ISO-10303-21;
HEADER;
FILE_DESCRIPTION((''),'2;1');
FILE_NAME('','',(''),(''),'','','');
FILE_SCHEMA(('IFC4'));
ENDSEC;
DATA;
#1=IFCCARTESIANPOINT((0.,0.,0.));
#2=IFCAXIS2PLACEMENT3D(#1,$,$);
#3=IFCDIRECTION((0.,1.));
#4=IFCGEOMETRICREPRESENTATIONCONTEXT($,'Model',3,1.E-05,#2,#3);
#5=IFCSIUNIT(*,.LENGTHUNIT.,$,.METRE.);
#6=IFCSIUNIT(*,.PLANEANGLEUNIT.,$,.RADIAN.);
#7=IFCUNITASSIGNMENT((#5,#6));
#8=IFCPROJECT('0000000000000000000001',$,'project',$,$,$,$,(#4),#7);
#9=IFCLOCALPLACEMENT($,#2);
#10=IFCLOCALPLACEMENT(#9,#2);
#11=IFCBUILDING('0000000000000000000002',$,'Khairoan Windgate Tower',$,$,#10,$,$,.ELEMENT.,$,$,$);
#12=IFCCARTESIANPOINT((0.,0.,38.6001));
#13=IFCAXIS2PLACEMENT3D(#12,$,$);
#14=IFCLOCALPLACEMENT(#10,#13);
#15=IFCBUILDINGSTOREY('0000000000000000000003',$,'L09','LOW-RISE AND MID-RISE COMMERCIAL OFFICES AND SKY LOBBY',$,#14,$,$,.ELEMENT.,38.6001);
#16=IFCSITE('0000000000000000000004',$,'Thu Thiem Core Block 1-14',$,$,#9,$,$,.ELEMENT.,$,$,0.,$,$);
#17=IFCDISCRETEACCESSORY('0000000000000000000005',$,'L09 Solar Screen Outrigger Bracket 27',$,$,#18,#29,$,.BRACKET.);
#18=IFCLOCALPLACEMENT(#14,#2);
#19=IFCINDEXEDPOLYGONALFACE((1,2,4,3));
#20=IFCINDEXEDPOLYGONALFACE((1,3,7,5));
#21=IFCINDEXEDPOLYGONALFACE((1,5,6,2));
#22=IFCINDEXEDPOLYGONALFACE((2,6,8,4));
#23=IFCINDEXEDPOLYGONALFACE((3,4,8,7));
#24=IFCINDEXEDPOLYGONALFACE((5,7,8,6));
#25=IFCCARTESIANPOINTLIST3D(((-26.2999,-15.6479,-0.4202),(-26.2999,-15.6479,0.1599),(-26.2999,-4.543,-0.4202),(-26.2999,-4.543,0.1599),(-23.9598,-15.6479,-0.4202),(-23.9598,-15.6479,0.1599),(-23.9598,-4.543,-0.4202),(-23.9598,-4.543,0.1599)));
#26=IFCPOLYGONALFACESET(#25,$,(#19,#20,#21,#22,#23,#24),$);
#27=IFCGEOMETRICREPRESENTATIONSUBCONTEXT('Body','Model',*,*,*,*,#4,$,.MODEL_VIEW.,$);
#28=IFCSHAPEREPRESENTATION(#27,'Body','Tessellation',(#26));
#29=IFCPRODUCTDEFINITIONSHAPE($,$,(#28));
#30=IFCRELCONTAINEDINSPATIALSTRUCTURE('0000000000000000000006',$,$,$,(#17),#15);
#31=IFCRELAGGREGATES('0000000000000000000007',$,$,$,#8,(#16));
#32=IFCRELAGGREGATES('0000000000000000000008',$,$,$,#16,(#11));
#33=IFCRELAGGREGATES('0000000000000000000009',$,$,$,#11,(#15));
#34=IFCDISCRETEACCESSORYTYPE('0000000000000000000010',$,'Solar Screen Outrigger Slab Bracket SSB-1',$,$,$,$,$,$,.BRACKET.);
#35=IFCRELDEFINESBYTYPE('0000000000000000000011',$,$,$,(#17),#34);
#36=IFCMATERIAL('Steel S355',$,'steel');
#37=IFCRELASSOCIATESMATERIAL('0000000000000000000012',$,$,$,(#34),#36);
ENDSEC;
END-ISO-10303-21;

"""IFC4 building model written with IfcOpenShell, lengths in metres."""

from ifc_helpers import new_model, si_unit, direction, frame, origin, origin_2d, place, context, subcontext, project, spatial, rectangle, extrude, material, type_object, element, save


model = new_model("IFC4")

# Units and contexts
model_context = context("Model", 3, precision=1e-05, world=origin(), true_north=direction((0.0, 1.0)))
body_context = subcontext(model_context, "Body", "Model", "MODEL_VIEW")
ifc_project = project(units=[si_unit("LENGTHUNIT", "METRE"), si_unit("PLANEANGLEUNIT", "RADIAN")], contexts=[model_context])

# Site, building, storey
site_placement = place(None, origin())
site = spatial("IfcSite", under=ifc_project, at=site_placement, Name="Thu Thiem Core Block 1-14", CompositionType="ELEMENT", RefElevation=0.0)
building_placement = place(site_placement, origin())
building = spatial("IfcBuilding", under=site, at=building_placement, Name="Khairoan Windgate Tower", CompositionType="ELEMENT")
storey_placement = place(building_placement, frame((0.0, 0.0, 38.6001)))
storey = spatial("IfcBuildingStorey", under=building, at=storey_placement, Name="L09", Description="LOW-RISE AND MID-RISE COMMERCIAL OFFICES AND SKY LOBBY", CompositionType="ELEMENT", Elevation=38.6001)

# Discrete accessory
ifc_material_1 = material(Name="Steel S355", Category="steel")
discrete_accessory_type = type_object("IfcDiscreteAccessoryType", Name="Solar Screen Outrigger Slab Bracket SSB-1", PredefinedType="BRACKET", material=ifc_material_1)
discrete_accessory_placement = place(storey_placement, frame((-25.1299, -10.0955, -0.4202), z_axis=(0.0, 0.0, 1.0), x_axis=(0.0, 1.0, 0.0)))
element("IfcDiscreteAccessory", 1, at=discrete_accessory_placement, inside=storey, type_object=discrete_accessory_type, Name="L09 Solar Screen Outrigger Bracket 27", PredefinedType="BRACKET", context=body_context, shape_type="SweptSolid", body=[
    extrude(rectangle(XDim=11.105, YDim=2.3401, at=origin_2d()), origin(), (0.0, 0.0, 1.0), 0.5801),
])

save(model, "model.ifc")
